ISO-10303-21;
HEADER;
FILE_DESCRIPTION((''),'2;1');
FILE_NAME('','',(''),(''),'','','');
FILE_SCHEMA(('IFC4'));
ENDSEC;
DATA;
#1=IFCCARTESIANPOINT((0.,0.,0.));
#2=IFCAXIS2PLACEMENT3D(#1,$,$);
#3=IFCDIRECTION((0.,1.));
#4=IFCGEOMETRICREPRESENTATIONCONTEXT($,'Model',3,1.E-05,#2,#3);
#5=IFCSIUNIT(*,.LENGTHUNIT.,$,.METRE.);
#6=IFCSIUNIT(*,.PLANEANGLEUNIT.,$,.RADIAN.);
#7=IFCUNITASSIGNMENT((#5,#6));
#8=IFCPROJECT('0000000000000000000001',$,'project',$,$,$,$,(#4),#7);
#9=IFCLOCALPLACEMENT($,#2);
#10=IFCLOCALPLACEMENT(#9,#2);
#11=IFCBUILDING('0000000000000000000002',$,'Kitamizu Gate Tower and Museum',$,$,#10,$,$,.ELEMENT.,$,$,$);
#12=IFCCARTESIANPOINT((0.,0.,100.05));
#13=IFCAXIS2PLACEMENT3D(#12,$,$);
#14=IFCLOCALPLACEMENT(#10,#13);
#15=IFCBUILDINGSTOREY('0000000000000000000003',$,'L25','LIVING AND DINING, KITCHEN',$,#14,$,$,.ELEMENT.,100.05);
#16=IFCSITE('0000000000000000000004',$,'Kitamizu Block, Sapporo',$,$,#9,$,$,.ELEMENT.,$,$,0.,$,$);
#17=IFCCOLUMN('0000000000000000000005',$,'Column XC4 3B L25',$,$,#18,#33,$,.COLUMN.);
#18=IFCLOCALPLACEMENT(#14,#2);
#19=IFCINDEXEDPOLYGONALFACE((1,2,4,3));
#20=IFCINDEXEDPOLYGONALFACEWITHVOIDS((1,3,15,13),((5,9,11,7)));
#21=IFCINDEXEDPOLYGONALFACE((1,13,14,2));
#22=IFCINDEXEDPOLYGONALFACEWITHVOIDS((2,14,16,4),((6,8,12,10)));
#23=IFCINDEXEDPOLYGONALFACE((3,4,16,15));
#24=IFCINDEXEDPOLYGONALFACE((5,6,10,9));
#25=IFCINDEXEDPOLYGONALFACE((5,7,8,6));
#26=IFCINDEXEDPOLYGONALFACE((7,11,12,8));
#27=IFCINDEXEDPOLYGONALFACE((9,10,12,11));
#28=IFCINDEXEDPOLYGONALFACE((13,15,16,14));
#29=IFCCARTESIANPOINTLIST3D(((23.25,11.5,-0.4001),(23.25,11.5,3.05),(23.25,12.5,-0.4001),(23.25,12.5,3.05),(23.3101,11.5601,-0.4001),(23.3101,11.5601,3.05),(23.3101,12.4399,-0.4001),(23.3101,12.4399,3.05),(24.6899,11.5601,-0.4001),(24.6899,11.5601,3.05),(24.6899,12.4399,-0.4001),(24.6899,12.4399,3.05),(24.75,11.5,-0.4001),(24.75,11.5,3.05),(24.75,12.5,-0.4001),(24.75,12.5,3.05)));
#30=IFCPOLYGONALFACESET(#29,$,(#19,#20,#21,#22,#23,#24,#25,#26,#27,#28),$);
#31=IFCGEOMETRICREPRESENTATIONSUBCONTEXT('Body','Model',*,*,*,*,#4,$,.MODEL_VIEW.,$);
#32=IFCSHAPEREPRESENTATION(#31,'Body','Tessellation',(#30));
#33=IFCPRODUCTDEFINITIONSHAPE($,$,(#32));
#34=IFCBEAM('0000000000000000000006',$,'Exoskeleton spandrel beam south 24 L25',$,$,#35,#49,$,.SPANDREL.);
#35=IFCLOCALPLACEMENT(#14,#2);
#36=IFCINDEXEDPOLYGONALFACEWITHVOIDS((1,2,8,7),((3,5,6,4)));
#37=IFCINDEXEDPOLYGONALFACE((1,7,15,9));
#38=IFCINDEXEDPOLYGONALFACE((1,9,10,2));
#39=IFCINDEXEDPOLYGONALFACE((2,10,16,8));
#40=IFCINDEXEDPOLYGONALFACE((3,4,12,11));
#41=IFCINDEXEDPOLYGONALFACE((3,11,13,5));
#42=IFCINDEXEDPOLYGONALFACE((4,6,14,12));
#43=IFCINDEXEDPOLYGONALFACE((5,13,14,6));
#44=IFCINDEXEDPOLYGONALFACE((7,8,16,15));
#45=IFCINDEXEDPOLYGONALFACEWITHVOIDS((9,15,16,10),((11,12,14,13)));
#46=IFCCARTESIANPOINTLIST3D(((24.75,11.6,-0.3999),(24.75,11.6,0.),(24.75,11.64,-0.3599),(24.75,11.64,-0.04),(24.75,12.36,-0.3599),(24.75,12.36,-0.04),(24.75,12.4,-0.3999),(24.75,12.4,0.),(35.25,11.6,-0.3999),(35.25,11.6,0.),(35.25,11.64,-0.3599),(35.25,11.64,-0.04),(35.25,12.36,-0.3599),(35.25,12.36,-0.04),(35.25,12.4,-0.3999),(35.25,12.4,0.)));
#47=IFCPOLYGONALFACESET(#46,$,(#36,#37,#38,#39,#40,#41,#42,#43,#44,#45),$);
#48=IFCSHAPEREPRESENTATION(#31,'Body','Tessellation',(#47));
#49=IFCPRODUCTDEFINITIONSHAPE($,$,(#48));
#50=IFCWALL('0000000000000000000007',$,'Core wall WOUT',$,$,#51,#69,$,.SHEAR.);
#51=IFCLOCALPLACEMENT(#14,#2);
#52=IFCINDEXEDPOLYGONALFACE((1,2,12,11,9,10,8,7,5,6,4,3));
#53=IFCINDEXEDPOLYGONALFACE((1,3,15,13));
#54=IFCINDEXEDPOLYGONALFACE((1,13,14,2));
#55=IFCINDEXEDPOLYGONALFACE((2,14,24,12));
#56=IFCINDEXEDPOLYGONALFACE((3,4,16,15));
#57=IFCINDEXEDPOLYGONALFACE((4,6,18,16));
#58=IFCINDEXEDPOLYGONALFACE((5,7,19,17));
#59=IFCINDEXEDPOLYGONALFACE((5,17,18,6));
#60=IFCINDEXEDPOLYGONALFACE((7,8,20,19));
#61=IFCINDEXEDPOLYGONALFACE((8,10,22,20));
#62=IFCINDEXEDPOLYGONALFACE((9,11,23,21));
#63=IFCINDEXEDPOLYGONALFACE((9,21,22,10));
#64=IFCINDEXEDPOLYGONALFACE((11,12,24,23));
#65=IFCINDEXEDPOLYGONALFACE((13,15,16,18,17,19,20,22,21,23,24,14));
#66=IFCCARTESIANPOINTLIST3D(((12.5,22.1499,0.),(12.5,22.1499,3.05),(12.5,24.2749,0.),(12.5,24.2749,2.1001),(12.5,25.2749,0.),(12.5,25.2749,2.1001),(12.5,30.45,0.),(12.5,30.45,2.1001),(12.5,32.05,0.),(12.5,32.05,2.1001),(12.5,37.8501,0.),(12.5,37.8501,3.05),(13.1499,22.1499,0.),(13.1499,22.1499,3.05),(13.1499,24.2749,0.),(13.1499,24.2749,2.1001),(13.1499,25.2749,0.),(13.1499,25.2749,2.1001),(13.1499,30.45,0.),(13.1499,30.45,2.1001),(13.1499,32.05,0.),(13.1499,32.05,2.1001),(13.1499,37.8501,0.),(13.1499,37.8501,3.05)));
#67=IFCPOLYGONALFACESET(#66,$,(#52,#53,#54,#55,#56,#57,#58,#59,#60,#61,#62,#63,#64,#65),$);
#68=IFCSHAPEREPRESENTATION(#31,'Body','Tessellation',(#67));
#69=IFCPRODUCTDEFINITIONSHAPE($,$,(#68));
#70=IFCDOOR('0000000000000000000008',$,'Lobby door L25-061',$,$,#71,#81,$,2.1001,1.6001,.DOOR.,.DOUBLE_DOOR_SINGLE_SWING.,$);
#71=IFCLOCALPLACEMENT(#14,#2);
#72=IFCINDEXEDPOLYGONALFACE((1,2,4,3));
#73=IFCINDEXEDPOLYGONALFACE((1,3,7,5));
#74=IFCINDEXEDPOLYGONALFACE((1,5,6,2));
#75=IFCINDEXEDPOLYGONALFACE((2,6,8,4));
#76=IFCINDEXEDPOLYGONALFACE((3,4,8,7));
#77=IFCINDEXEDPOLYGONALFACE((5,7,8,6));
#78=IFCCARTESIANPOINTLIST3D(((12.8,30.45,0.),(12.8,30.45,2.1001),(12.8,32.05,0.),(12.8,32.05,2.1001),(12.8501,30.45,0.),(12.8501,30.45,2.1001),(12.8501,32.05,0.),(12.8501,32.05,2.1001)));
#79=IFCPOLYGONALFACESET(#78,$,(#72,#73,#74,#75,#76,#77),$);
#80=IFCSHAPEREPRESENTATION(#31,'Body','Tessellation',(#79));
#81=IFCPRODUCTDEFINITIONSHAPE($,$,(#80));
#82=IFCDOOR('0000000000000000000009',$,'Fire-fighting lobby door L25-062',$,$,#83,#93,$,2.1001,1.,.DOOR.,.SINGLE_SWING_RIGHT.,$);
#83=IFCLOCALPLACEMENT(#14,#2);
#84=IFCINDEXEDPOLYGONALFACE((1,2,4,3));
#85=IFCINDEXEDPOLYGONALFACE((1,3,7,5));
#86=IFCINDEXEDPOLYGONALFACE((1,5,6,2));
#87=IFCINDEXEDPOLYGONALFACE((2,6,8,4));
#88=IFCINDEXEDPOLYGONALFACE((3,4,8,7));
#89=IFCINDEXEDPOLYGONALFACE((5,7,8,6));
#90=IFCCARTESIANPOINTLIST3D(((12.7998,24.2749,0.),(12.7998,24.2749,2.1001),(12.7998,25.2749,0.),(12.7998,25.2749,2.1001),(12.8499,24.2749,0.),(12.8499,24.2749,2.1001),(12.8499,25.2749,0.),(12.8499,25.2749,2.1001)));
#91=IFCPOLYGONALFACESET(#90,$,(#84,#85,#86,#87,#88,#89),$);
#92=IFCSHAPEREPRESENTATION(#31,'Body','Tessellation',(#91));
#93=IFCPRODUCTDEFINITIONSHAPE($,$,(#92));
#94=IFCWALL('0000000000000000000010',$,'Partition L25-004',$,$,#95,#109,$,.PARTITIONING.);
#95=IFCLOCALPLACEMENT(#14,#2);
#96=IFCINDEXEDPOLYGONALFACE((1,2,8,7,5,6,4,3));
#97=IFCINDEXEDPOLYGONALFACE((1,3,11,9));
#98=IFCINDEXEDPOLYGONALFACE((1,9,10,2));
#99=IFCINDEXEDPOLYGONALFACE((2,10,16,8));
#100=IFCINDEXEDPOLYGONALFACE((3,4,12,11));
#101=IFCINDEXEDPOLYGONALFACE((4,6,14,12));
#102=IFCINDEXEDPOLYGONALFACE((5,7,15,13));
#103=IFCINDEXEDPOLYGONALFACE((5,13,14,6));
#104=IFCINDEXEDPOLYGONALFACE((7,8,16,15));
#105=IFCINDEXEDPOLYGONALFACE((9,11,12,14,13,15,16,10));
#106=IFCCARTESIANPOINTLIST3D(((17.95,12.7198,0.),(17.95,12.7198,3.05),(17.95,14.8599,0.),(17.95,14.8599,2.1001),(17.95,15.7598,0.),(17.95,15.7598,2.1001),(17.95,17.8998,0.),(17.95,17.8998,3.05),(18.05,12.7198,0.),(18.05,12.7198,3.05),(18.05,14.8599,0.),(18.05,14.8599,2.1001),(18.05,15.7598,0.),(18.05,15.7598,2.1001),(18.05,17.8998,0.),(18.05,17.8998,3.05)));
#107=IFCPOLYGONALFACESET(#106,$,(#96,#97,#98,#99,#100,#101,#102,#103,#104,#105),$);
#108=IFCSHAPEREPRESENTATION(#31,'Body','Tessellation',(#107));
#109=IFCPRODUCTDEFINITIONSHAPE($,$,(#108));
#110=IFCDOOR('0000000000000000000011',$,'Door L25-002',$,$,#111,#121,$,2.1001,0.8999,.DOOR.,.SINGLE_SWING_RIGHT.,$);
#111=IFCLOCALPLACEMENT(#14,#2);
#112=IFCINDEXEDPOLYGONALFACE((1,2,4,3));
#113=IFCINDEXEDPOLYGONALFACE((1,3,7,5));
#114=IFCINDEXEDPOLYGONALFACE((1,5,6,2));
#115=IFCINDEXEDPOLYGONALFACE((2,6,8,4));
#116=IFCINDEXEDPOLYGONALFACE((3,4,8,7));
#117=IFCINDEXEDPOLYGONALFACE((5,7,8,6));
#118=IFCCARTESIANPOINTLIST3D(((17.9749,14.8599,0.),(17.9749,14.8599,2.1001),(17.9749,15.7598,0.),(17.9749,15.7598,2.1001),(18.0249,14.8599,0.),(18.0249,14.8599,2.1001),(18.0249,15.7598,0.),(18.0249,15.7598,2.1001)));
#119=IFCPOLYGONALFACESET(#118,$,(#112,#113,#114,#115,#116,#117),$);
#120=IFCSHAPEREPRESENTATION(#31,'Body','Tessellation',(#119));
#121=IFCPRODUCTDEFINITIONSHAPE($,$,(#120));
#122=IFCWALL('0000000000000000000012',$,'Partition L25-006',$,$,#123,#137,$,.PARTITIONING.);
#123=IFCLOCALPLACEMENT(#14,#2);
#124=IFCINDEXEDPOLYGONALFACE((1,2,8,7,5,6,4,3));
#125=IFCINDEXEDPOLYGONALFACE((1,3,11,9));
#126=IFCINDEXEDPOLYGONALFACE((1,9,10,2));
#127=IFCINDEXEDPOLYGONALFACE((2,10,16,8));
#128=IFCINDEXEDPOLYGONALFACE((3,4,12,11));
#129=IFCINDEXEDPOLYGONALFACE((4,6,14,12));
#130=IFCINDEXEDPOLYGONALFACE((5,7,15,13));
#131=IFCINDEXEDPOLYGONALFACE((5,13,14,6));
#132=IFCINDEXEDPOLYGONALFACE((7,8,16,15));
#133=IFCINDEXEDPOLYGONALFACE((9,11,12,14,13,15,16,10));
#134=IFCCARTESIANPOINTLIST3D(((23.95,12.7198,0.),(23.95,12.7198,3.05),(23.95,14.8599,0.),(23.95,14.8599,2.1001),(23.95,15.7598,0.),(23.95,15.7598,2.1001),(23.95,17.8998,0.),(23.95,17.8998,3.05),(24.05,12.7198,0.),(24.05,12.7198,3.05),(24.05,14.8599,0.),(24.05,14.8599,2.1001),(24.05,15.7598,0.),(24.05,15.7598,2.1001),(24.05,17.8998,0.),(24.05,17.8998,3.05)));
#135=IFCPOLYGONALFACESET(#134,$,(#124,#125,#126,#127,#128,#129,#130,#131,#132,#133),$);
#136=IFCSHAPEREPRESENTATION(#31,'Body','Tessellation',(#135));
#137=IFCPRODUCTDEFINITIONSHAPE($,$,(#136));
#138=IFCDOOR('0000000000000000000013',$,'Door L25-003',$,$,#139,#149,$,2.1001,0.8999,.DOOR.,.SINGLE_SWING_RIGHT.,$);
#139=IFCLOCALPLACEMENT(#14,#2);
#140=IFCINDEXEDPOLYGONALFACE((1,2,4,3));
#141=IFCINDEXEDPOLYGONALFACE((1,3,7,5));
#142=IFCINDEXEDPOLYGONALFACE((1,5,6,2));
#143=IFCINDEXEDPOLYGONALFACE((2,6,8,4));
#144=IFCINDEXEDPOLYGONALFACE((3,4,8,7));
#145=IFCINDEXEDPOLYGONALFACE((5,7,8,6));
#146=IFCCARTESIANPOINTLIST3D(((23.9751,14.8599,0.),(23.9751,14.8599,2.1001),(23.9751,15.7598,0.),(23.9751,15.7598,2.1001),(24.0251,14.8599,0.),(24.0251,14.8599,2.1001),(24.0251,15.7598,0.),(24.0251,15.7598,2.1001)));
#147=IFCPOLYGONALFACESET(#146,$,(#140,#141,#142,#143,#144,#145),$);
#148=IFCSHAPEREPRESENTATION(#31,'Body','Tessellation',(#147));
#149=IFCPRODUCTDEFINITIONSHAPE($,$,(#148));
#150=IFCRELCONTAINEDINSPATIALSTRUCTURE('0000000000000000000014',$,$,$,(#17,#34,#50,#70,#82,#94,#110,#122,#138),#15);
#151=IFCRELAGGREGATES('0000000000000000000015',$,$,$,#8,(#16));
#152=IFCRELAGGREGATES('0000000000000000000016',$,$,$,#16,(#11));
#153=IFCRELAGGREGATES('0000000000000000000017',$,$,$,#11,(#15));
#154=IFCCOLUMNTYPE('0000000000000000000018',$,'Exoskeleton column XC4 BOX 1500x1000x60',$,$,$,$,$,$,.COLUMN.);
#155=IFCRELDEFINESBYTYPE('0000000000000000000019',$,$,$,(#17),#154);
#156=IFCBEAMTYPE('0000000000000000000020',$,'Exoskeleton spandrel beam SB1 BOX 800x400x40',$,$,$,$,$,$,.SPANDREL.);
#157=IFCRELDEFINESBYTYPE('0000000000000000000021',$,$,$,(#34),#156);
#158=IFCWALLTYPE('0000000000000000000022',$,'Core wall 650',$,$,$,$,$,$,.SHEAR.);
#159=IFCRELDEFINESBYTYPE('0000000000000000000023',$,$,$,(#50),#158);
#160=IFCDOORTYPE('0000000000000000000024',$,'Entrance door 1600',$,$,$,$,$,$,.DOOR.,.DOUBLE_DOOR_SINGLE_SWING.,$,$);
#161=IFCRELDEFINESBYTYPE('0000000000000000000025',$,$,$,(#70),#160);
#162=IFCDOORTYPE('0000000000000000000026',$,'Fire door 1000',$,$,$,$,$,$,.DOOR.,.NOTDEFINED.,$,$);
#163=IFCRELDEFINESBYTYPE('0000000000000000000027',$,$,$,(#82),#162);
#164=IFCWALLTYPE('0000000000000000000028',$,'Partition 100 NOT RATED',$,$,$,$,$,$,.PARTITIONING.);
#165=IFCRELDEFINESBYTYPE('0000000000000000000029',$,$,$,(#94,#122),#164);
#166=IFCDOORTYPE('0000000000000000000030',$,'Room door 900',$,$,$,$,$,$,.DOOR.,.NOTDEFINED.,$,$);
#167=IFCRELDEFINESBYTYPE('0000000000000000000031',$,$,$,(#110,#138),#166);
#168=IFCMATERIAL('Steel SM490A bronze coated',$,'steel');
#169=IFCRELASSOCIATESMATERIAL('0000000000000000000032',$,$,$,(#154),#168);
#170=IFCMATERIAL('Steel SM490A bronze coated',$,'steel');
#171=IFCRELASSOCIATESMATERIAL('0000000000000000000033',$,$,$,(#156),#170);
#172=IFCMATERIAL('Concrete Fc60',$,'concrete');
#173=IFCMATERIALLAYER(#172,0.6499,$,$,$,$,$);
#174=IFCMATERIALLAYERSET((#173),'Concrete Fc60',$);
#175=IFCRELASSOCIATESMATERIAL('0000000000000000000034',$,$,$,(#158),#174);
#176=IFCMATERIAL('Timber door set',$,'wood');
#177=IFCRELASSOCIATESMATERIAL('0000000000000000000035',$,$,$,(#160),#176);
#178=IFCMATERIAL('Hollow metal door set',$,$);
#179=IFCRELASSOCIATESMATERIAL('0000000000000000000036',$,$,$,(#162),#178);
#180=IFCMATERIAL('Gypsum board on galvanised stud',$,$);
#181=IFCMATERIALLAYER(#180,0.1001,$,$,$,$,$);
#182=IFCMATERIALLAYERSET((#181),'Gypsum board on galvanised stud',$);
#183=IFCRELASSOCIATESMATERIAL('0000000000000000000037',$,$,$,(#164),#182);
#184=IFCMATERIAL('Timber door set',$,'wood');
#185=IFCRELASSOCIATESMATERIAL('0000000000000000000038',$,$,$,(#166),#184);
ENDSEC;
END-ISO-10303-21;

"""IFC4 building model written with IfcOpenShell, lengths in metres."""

from ifc_helpers import new_model, si_unit, direction, frame, frame_2d, origin, origin_2d, place, context, subcontext, project, spatial, rectangle, hollow_rectangle, extrude, material, layer, layer_set, material_profile, profile_set, type_object, element, fill, save


model = new_model("IFC4")

# Units and contexts
model_context = context("Model", 3, precision=1e-05, world=origin(), true_north=direction((0.0, 1.0)))
body_context = subcontext(model_context, "Body", "Model", "MODEL_VIEW")
ifc_project = project(units=[si_unit("LENGTHUNIT", "METRE"), si_unit("PLANEANGLEUNIT", "RADIAN")], contexts=[model_context])

# Site, building, storey
site_placement = place(None, origin())
site = spatial("IfcSite", under=ifc_project, at=site_placement, Name="Kitamizu Block, Sapporo", CompositionType="ELEMENT", RefElevation=0.0)
building_placement = place(site_placement, origin())
building = spatial("IfcBuilding", under=site, at=building_placement, Name="Kitamizu Gate Tower and Museum", CompositionType="ELEMENT")
storey_placement = place(building_placement, frame((0.0, 0.0, 100.05)))
storey = spatial("IfcBuildingStorey", under=building, at=storey_placement, Name="L25", Description="LIVING AND DINING, KITCHEN", CompositionType="ELEMENT", Elevation=100.05)

# Column
ifc_material_1 = material(Name="Steel SM490A bronze coated", Category="steel")
ifc_material_profile_1 = material_profile(ifc_material_1, hollow_rectangle(XDim=1.5, YDim=1.0, WallThickness=0.0601, at=origin_2d()), Name="BOX 1500x1000x60")
ifc_profile_set_1 = profile_set([ifc_material_profile_1], Name="Steel SM490A bronze coated")
column_type = type_object("IfcColumnType", Name="Exoskeleton column XC4 BOX 1500x1000x60", PredefinedType="COLUMN", material=ifc_profile_set_1)
column_placement = place(storey_placement, frame((24.0, 12.0, -0.4001), z_axis=(0.0, 0.0, 1.0), x_axis=(1.0, 0.0, 0.0)))
element("IfcColumn", 1, at=column_placement, inside=storey, type_object=column_type, Name="Column XC4 3B L25", PredefinedType="COLUMN", context=body_context, shape_type="SweptSolid", body=[
    extrude(hollow_rectangle(XDim=1.5, YDim=1.0, WallThickness=0.0601, at=origin_2d()), origin(), (0.0, 0.0, 1.0), 3.4502),
])

# Beam
ifc_material_2 = material(Name="Steel SM490A bronze coated", Category="steel")
ifc_material_profile_2 = material_profile(ifc_material_2, hollow_rectangle(XDim=0.8, YDim=0.3999, WallThickness=0.04, at=origin_2d()), Name="BOX 800x400x40")
ifc_profile_set_2 = profile_set([ifc_material_profile_2], Name="Steel SM490A bronze coated")
beam_type = type_object("IfcBeamType", Name="Exoskeleton spandrel beam SB1 BOX 800x400x40", PredefinedType="SPANDREL", material=ifc_profile_set_2)
beam_placement = place(storey_placement, frame((24.75, 12.0, -0.2), z_axis=(1.0, 0.0, 0.0), x_axis=(0.0, 1.0, 0.0)))
element("IfcBeam", 2, at=beam_placement, inside=storey, type_object=beam_type, Name="Exoskeleton spandrel beam south 24 L25", PredefinedType="SPANDREL", context=body_context, shape_type="SweptSolid", body=[
    extrude(hollow_rectangle(XDim=0.8, YDim=0.3999, WallThickness=0.04, at=origin_2d()), origin(), (0.0, 0.0, 1.0), 10.5),
])

# Wall, openings, doors
ifc_material_3 = material(Name="Concrete Fc60", Category="concrete")
ifc_layer_1 = layer(ifc_material_3, 0.6499)
ifc_layer_set_1 = layer_set([ifc_layer_1], Name="Concrete Fc60")
wall_type_1 = type_object("IfcWallType", Name="Core wall 650", PredefinedType="SHEAR", material=ifc_layer_set_1)
wall_1_placement = place(storey_placement, frame((12.825, 22.1499, 0.0), z_axis=(0.0, 0.0, 1.0), x_axis=(0.0, 1.0, 0.0)))
wall_1 = element("IfcWall", 3, at=wall_1_placement, inside=storey, type_object=wall_type_1, Name="Core wall WOUT", PredefinedType="SHEAR", context=body_context, shape_type="SweptSolid", body=[
    extrude(rectangle(XDim=15.7002, YDim=0.6499, at=frame_2d((7.8501, 0.0))), origin(), (0.0, 0.0, 1.0), 3.05),
])
opening_1_placement = place(wall_1_placement, frame((8.3, 0.0, 0.0)))
opening_1 = element("IfcOpeningElement", 4, at=opening_1_placement, cuts=wall_1, PredefinedType="OPENING", context=body_context, shape_type="SweptSolid", body=[
    extrude(rectangle(XDim=1.6001, YDim=2.1001, at=frame_2d((0.8, 1.05))), frame((0.0, 0.335, 0.0), z_axis=(0.0, -1.0, 0.0), x_axis=(1.0, 0.0, 0.0)), (0.0, 0.0, 1.0), 0.6699),
])
opening_2_placement = place(wall_1_placement, frame((2.125, 0.0, 0.0)))
opening_2 = element("IfcOpeningElement", 5, at=opening_2_placement, cuts=wall_1, PredefinedType="OPENING", context=body_context, shape_type="SweptSolid", body=[
    extrude(rectangle(XDim=1.0, YDim=2.1001, at=frame_2d((0.5, 1.05))), frame((0.0, 0.335, 0.0), z_axis=(0.0, -1.0, 0.0), x_axis=(1.0, 0.0, 0.0)), (0.0, 0.0, 1.0), 0.6699),
])
ifc_material_4 = material(Name="Timber door set", Category="wood")
door_type_1 = type_object("IfcDoorType", Name="Entrance door 1600", OperationType="DOUBLE_DOOR_SINGLE_SWING", PredefinedType="DOOR", material=ifc_material_4)
door_1_placement = place(opening_1_placement, origin())
door_1 = element("IfcDoor", 6, at=door_1_placement, inside=storey, type_object=door_type_1, Name="Lobby door L25-061", OperationType="DOUBLE_DOOR_SINGLE_SWING", OverallHeight=2.1001, OverallWidth=1.6001, PredefinedType="DOOR", context=body_context, shape_type="SweptSolid", body=[
    extrude(rectangle(XDim=1.6001, YDim=2.1001, at=frame_2d((0.8, 1.05))), frame((0.0, 0.0249, 0.0), z_axis=(0.0, -1.0, 0.0), x_axis=(1.0, 0.0, 0.0)), (0.0, 0.0, 1.0), 0.05),
])
fill(opening_1, door_1)
ifc_material_5 = material(Name="Hollow metal door set")
door_type_2 = type_object("IfcDoorType", Name="Fire door 1000", OperationType="NOTDEFINED", PredefinedType="DOOR", material=ifc_material_5)
door_2_placement = place(opening_2_placement, frame((1.0, 0.0, 0.0), x_axis=(-1.0, 0.0, 0.0)))
door_2 = element("IfcDoor", 7, at=door_2_placement, inside=storey, type_object=door_type_2, Name="Fire-fighting lobby door L25-062", OperationType="SINGLE_SWING_RIGHT", OverallHeight=2.1001, OverallWidth=1.0, PredefinedType="DOOR", context=body_context, shape_type="SweptSolid", body=[
    extrude(rectangle(XDim=1.0, YDim=2.1001, at=frame_2d((0.5, 1.05))), frame((0.0, 0.0249, 0.0), z_axis=(0.0, -1.0, 0.0), x_axis=(1.0, 0.0, 0.0)), (0.0, 0.0, 1.0), 0.05),
])
fill(opening_2, door_2)

# Walls, openings, doors
ifc_material_6 = material(Name="Gypsum board on galvanised stud")
ifc_layer_2 = layer(ifc_material_6, 0.1001)
ifc_layer_set_2 = layer_set([ifc_layer_2], Name="Gypsum board on galvanised stud")
wall_type_2 = type_object("IfcWallType", Name="Partition 100 NOT RATED", PredefinedType="PARTITIONING", material=ifc_layer_set_2)
wall_2_placement = place(storey_placement, frame((18.0, 12.72, 0.0), z_axis=(0.0, 0.0, 1.0), x_axis=(0.0, 1.0, 0.0)))
wall_2 = element("IfcWall", 8, at=wall_2_placement, inside=storey, type_object=wall_type_2, Name="Partition L25-004", PredefinedType="PARTITIONING", context=body_context, shape_type="SweptSolid", body=[
    extrude(rectangle(XDim=5.1799, YDim=0.1001, at=frame_2d((2.5898, 0.0))), origin(), (0.0, 0.0, 1.0), 3.05),
])
opening_3_placement = place(wall_2_placement, frame((2.1399, 0.0, 0.0)))
opening_3 = element("IfcOpeningElement", 9, at=opening_3_placement, cuts=wall_2, PredefinedType="OPENING", context=body_context, shape_type="SweptSolid", body=[
    extrude(rectangle(XDim=0.8999, YDim=2.1001, at=frame_2d((0.45, 1.05))), frame((0.0, 0.0601, 0.0), z_axis=(0.0, -1.0, 0.0), x_axis=(1.0, 0.0, 0.0)), (0.0, 0.0, 1.0), 0.1201),
])
ifc_material_7 = material(Name="Timber door set", Category="wood")
door_type_3 = type_object("IfcDoorType", Name="Room door 900", OperationType="NOTDEFINED", PredefinedType="DOOR", material=ifc_material_7)
door_3_placement = place(opening_3_placement, frame((0.8999, 0.0, 0.0), x_axis=(-1.0, 0.0, 0.0)))
door_3 = element("IfcDoor", 10, at=door_3_placement, inside=storey, type_object=door_type_3, Name="Door L25-002", OperationType="SINGLE_SWING_RIGHT", OverallHeight=2.1001, OverallWidth=0.8999, PredefinedType="DOOR", context=body_context, shape_type="SweptSolid", body=[
    extrude(rectangle(XDim=0.8999, YDim=2.1001, at=frame_2d((0.45, 1.05))), frame((0.0, 0.0249, 0.0), z_axis=(0.0, -1.0, 0.0), x_axis=(1.0, 0.0, 0.0)), (0.0, 0.0, 1.0), 0.05),
])
fill(opening_3, door_3)
wall_3_placement = place(storey_placement, frame((24.0, 12.72, 0.0), z_axis=(0.0, 0.0, 1.0), x_axis=(0.0, 1.0, 0.0)))
wall_3 = element("IfcWall", 11, at=wall_3_placement, inside=storey, type_object=wall_type_2, Name="Partition L25-006", PredefinedType="PARTITIONING", context=body_context, shape_type="SweptSolid", body=[
    extrude(rectangle(XDim=5.1799, YDim=0.1001, at=frame_2d((2.5898, 0.0))), origin(), (0.0, 0.0, 1.0), 3.05),
])
opening_4_placement = place(wall_3_placement, frame((2.1399, 0.0, 0.0)))
opening_4 = element("IfcOpeningElement", 12, at=opening_4_placement, cuts=wall_3, PredefinedType="OPENING", context=body_context, shape_type="SweptSolid", body=[
    extrude(rectangle(XDim=0.8999, YDim=2.1001, at=frame_2d((0.45, 1.05))), frame((0.0, 0.0601, 0.0), z_axis=(0.0, -1.0, 0.0), x_axis=(1.0, 0.0, 0.0)), (0.0, 0.0, 1.0), 0.1201),
])
door_4_placement = place(opening_4_placement, origin())
door_4 = element("IfcDoor", 13, at=door_4_placement, inside=storey, type_object=door_type_3, Name="Door L25-003", OperationType="SINGLE_SWING_RIGHT", OverallHeight=2.1001, OverallWidth=0.8999, PredefinedType="DOOR", context=body_context, shape_type="SweptSolid", body=[
    extrude(rectangle(XDim=0.8999, YDim=2.1001, at=frame_2d((0.45, 1.05))), frame((0.0, 0.0249, 0.0), z_axis=(0.0, -1.0, 0.0), x_axis=(1.0, 0.0, 0.0)), (0.0, 0.0, 1.0), 0.05),
])
fill(opening_4, door_4)

save(model, "model.ifc")
